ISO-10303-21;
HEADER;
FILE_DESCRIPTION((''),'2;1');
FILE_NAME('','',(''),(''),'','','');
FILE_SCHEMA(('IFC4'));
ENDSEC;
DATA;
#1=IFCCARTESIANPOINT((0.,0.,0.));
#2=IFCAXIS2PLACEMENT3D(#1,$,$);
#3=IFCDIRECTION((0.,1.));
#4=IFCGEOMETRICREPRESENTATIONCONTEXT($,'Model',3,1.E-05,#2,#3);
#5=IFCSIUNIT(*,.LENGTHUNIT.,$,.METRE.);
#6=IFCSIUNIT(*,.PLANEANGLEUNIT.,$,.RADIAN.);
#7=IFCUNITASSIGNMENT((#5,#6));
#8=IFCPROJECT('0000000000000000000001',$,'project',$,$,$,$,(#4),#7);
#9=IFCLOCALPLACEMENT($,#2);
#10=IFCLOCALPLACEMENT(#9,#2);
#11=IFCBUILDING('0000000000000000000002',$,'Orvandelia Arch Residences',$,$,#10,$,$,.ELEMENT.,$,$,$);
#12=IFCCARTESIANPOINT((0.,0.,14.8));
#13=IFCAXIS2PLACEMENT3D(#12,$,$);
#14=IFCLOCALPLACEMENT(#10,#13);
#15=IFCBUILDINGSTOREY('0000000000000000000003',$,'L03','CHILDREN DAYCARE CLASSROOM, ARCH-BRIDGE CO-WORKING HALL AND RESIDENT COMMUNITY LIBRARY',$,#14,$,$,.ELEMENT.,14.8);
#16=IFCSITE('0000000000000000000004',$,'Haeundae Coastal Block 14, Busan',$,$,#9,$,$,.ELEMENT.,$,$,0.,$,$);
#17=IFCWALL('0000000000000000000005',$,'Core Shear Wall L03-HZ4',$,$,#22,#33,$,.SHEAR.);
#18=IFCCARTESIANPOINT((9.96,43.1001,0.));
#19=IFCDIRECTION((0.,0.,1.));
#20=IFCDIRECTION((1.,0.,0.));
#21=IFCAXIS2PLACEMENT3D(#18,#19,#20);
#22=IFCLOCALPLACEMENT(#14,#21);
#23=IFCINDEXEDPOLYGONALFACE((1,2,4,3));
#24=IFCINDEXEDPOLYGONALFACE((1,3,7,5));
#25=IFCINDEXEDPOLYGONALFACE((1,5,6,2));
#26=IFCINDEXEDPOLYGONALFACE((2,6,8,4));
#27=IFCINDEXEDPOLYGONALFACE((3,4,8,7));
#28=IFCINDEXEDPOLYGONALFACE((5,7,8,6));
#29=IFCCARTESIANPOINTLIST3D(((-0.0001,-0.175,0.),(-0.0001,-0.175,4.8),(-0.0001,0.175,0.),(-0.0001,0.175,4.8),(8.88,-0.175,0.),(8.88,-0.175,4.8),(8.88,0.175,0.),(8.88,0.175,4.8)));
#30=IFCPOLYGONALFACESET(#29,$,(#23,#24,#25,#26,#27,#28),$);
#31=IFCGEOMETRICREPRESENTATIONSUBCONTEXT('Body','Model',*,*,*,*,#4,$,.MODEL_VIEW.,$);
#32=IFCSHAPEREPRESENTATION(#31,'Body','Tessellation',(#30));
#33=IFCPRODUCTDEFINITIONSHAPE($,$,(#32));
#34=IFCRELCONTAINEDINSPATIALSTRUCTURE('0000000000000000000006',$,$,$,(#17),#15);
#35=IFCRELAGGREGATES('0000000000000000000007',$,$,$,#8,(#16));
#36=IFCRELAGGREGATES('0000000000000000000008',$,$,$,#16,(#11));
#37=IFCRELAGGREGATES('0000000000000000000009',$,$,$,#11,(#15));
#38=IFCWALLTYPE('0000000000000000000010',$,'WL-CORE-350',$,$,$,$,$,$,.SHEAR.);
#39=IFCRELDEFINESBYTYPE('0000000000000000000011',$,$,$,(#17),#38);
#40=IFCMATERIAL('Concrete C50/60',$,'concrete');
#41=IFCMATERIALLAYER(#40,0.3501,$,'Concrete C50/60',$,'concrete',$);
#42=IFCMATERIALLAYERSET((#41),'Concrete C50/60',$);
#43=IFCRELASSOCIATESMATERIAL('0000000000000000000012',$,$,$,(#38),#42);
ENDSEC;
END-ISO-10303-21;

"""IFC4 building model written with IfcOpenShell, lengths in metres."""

from ifc_helpers import new_model, si_unit, direction, frame, frame_2d, origin, place, context, subcontext, project, spatial, rectangle, extrude, material, layer, layer_set, type_object, element, save


model = new_model("IFC4")

# Units and contexts
model_context = context("Model", 3, precision=1e-05, world=origin(), true_north=direction((0.0, 1.0)))
body_context = subcontext(model_context, "Body", "Model", "MODEL_VIEW")
ifc_project = project(units=[si_unit("LENGTHUNIT", "METRE"), si_unit("PLANEANGLEUNIT", "RADIAN")], contexts=[model_context])

# Site, building, storey
site_placement = place(None, origin())
site = spatial("IfcSite", under=ifc_project, at=site_placement, Name="Haeundae Coastal Block 14, Busan", CompositionType="ELEMENT", RefElevation=0.0)
building_placement = place(site_placement, origin())
building = spatial("IfcBuilding", under=site, at=building_placement, Name="Orvandelia Arch Residences", CompositionType="ELEMENT")
storey_placement = place(building_placement, frame((0.0, 0.0, 14.8)))
storey = spatial("IfcBuildingStorey", under=building, at=storey_placement, Name="L03", Description="CHILDREN DAYCARE CLASSROOM, ARCH-BRIDGE CO-WORKING HALL AND RESIDENT COMMUNITY LIBRARY", CompositionType="ELEMENT", Elevation=14.8)

# Wall
ifc_material_1 = material(Name="Concrete C50/60", Category="concrete")
ifc_layer_1 = layer(ifc_material_1, 0.3501, Name="Concrete C50/60", Category="concrete")
ifc_layer_set_1 = layer_set([ifc_layer_1], Name="Concrete C50/60")
wall_type_1 = type_object("IfcWallType", Name="WL-CORE-350", PredefinedType="SHEAR", material=ifc_layer_set_1)
wall_1_placement = place(storey_placement, frame((9.96, 43.1001, 0.0), z_axis=(0.0, 0.0, 1.0), x_axis=(1.0, 0.0, 0.0)))
element("IfcWall", 1, at=wall_1_placement, inside=storey, type_object=wall_type_1, Name="Core Shear Wall L03-HZ4", PredefinedType="SHEAR", context=body_context, shape_type="SweptSolid", body=[
    extrude(rectangle(XDim=8.8801, YDim=0.3501, at=frame_2d((4.4399, 0.0))), origin(), (0.0, 0.0, 1.0), 4.8),
])

save(model, "model.ifc")
